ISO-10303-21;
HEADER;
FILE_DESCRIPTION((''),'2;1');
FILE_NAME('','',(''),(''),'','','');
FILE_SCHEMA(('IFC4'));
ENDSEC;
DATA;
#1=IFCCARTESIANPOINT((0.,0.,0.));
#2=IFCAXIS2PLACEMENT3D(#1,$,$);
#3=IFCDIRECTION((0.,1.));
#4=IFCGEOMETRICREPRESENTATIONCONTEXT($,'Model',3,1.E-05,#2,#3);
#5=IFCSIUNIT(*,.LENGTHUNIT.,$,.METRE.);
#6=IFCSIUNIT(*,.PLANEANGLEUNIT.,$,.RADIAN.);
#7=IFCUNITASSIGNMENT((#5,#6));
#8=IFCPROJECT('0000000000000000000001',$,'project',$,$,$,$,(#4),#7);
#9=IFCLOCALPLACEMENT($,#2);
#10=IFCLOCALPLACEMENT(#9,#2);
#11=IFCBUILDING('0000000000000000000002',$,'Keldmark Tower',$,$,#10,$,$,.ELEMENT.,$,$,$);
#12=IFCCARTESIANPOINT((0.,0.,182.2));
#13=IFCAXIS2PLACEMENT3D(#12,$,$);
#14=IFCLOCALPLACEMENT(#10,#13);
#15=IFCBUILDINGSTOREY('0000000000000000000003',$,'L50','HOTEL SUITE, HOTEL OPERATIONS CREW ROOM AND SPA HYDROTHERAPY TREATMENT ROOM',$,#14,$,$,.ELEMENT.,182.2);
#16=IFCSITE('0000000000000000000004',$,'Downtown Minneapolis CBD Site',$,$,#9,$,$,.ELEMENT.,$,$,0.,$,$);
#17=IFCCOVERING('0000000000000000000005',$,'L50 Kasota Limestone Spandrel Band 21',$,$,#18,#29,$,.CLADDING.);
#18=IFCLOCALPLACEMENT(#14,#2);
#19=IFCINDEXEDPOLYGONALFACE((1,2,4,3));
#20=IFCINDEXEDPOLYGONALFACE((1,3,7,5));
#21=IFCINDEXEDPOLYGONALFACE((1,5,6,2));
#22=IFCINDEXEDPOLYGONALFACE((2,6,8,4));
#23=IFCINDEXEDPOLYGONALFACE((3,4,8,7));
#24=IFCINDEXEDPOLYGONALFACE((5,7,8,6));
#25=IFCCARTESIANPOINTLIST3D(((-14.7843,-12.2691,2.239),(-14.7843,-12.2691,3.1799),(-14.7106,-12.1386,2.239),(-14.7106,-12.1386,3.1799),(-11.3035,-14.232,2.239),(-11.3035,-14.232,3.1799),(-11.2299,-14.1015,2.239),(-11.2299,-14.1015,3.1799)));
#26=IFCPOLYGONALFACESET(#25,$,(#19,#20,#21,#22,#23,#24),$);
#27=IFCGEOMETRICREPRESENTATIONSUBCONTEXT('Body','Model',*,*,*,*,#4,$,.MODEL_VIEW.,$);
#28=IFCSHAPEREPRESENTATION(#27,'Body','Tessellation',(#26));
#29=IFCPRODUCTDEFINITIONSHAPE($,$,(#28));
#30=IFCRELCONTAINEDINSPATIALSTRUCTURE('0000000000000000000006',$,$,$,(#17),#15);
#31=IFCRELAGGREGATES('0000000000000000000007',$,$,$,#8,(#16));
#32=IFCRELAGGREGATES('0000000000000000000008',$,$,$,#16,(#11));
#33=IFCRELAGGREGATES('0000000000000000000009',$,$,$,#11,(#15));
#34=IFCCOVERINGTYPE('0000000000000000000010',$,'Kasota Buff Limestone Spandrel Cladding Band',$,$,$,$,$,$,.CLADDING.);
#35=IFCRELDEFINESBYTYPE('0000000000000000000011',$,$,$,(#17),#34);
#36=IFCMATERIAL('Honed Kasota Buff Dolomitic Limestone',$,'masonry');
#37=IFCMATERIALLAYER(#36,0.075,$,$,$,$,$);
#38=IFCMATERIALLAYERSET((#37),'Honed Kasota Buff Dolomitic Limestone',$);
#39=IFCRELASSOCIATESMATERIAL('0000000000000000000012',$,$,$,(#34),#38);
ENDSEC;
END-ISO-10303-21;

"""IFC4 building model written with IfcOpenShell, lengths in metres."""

from ifc_helpers import new_model, si_unit, direction, frame, origin, origin_2d, place, context, subcontext, project, spatial, rectangle, extrude, material, layer, layer_set, type_object, element, save


model = new_model("IFC4")

# Units and contexts
model_context = context("Model", 3, precision=1e-05, world=origin(), true_north=direction((0.0, 1.0)))
body_context = subcontext(model_context, "Body", "Model", "MODEL_VIEW")
ifc_project = project(units=[si_unit("LENGTHUNIT", "METRE"), si_unit("PLANEANGLEUNIT", "RADIAN")], contexts=[model_context])

# Site, building, storey
site_placement = place(None, origin())
site = spatial("IfcSite", under=ifc_project, at=site_placement, Name="Downtown Minneapolis CBD Site", CompositionType="ELEMENT", RefElevation=0.0)
building_placement = place(site_placement, origin())
building = spatial("IfcBuilding", under=site, at=building_placement, Name="Keldmark Tower", CompositionType="ELEMENT")
storey_placement = place(building_placement, frame((0.0, 0.0, 182.2)))
storey = spatial("IfcBuildingStorey", under=building, at=storey_placement, Name="L50", Description="HOTEL SUITE, HOTEL OPERATIONS CREW ROOM AND SPA HYDROTHERAPY TREATMENT ROOM", CompositionType="ELEMENT", Elevation=182.2)

# Covering
ifc_material_1 = material(Name="Honed Kasota Buff Dolomitic Limestone", Category="masonry")
ifc_layer_1 = layer(ifc_material_1, 0.075)
ifc_layer_set_1 = layer_set([ifc_layer_1], Name="Honed Kasota Buff Dolomitic Limestone")
covering_type = type_object("IfcCoveringType", Name="Kasota Buff Limestone Spandrel Cladding Band", PredefinedType="CLADDING", material=ifc_layer_set_1)
covering_placement = place(storey_placement, frame((-13.0071, -13.1853, 2.239), z_axis=(0.0, 0.0, 1.0), x_axis=(0.871042, -0.491208, 0.0)))
element("IfcCovering", 1, at=covering_placement, inside=storey, type_object=covering_type, Name="L50 Kasota Limestone Spandrel Band 21", PredefinedType="CLADDING", context=body_context, shape_type="SweptSolid", body=[
    extrude(rectangle(XDim=3.9961, YDim=0.1499, at=origin_2d()), origin(), (0.0, 0.0, 1.0), 0.9409),
])

save(model, "model.ifc")
